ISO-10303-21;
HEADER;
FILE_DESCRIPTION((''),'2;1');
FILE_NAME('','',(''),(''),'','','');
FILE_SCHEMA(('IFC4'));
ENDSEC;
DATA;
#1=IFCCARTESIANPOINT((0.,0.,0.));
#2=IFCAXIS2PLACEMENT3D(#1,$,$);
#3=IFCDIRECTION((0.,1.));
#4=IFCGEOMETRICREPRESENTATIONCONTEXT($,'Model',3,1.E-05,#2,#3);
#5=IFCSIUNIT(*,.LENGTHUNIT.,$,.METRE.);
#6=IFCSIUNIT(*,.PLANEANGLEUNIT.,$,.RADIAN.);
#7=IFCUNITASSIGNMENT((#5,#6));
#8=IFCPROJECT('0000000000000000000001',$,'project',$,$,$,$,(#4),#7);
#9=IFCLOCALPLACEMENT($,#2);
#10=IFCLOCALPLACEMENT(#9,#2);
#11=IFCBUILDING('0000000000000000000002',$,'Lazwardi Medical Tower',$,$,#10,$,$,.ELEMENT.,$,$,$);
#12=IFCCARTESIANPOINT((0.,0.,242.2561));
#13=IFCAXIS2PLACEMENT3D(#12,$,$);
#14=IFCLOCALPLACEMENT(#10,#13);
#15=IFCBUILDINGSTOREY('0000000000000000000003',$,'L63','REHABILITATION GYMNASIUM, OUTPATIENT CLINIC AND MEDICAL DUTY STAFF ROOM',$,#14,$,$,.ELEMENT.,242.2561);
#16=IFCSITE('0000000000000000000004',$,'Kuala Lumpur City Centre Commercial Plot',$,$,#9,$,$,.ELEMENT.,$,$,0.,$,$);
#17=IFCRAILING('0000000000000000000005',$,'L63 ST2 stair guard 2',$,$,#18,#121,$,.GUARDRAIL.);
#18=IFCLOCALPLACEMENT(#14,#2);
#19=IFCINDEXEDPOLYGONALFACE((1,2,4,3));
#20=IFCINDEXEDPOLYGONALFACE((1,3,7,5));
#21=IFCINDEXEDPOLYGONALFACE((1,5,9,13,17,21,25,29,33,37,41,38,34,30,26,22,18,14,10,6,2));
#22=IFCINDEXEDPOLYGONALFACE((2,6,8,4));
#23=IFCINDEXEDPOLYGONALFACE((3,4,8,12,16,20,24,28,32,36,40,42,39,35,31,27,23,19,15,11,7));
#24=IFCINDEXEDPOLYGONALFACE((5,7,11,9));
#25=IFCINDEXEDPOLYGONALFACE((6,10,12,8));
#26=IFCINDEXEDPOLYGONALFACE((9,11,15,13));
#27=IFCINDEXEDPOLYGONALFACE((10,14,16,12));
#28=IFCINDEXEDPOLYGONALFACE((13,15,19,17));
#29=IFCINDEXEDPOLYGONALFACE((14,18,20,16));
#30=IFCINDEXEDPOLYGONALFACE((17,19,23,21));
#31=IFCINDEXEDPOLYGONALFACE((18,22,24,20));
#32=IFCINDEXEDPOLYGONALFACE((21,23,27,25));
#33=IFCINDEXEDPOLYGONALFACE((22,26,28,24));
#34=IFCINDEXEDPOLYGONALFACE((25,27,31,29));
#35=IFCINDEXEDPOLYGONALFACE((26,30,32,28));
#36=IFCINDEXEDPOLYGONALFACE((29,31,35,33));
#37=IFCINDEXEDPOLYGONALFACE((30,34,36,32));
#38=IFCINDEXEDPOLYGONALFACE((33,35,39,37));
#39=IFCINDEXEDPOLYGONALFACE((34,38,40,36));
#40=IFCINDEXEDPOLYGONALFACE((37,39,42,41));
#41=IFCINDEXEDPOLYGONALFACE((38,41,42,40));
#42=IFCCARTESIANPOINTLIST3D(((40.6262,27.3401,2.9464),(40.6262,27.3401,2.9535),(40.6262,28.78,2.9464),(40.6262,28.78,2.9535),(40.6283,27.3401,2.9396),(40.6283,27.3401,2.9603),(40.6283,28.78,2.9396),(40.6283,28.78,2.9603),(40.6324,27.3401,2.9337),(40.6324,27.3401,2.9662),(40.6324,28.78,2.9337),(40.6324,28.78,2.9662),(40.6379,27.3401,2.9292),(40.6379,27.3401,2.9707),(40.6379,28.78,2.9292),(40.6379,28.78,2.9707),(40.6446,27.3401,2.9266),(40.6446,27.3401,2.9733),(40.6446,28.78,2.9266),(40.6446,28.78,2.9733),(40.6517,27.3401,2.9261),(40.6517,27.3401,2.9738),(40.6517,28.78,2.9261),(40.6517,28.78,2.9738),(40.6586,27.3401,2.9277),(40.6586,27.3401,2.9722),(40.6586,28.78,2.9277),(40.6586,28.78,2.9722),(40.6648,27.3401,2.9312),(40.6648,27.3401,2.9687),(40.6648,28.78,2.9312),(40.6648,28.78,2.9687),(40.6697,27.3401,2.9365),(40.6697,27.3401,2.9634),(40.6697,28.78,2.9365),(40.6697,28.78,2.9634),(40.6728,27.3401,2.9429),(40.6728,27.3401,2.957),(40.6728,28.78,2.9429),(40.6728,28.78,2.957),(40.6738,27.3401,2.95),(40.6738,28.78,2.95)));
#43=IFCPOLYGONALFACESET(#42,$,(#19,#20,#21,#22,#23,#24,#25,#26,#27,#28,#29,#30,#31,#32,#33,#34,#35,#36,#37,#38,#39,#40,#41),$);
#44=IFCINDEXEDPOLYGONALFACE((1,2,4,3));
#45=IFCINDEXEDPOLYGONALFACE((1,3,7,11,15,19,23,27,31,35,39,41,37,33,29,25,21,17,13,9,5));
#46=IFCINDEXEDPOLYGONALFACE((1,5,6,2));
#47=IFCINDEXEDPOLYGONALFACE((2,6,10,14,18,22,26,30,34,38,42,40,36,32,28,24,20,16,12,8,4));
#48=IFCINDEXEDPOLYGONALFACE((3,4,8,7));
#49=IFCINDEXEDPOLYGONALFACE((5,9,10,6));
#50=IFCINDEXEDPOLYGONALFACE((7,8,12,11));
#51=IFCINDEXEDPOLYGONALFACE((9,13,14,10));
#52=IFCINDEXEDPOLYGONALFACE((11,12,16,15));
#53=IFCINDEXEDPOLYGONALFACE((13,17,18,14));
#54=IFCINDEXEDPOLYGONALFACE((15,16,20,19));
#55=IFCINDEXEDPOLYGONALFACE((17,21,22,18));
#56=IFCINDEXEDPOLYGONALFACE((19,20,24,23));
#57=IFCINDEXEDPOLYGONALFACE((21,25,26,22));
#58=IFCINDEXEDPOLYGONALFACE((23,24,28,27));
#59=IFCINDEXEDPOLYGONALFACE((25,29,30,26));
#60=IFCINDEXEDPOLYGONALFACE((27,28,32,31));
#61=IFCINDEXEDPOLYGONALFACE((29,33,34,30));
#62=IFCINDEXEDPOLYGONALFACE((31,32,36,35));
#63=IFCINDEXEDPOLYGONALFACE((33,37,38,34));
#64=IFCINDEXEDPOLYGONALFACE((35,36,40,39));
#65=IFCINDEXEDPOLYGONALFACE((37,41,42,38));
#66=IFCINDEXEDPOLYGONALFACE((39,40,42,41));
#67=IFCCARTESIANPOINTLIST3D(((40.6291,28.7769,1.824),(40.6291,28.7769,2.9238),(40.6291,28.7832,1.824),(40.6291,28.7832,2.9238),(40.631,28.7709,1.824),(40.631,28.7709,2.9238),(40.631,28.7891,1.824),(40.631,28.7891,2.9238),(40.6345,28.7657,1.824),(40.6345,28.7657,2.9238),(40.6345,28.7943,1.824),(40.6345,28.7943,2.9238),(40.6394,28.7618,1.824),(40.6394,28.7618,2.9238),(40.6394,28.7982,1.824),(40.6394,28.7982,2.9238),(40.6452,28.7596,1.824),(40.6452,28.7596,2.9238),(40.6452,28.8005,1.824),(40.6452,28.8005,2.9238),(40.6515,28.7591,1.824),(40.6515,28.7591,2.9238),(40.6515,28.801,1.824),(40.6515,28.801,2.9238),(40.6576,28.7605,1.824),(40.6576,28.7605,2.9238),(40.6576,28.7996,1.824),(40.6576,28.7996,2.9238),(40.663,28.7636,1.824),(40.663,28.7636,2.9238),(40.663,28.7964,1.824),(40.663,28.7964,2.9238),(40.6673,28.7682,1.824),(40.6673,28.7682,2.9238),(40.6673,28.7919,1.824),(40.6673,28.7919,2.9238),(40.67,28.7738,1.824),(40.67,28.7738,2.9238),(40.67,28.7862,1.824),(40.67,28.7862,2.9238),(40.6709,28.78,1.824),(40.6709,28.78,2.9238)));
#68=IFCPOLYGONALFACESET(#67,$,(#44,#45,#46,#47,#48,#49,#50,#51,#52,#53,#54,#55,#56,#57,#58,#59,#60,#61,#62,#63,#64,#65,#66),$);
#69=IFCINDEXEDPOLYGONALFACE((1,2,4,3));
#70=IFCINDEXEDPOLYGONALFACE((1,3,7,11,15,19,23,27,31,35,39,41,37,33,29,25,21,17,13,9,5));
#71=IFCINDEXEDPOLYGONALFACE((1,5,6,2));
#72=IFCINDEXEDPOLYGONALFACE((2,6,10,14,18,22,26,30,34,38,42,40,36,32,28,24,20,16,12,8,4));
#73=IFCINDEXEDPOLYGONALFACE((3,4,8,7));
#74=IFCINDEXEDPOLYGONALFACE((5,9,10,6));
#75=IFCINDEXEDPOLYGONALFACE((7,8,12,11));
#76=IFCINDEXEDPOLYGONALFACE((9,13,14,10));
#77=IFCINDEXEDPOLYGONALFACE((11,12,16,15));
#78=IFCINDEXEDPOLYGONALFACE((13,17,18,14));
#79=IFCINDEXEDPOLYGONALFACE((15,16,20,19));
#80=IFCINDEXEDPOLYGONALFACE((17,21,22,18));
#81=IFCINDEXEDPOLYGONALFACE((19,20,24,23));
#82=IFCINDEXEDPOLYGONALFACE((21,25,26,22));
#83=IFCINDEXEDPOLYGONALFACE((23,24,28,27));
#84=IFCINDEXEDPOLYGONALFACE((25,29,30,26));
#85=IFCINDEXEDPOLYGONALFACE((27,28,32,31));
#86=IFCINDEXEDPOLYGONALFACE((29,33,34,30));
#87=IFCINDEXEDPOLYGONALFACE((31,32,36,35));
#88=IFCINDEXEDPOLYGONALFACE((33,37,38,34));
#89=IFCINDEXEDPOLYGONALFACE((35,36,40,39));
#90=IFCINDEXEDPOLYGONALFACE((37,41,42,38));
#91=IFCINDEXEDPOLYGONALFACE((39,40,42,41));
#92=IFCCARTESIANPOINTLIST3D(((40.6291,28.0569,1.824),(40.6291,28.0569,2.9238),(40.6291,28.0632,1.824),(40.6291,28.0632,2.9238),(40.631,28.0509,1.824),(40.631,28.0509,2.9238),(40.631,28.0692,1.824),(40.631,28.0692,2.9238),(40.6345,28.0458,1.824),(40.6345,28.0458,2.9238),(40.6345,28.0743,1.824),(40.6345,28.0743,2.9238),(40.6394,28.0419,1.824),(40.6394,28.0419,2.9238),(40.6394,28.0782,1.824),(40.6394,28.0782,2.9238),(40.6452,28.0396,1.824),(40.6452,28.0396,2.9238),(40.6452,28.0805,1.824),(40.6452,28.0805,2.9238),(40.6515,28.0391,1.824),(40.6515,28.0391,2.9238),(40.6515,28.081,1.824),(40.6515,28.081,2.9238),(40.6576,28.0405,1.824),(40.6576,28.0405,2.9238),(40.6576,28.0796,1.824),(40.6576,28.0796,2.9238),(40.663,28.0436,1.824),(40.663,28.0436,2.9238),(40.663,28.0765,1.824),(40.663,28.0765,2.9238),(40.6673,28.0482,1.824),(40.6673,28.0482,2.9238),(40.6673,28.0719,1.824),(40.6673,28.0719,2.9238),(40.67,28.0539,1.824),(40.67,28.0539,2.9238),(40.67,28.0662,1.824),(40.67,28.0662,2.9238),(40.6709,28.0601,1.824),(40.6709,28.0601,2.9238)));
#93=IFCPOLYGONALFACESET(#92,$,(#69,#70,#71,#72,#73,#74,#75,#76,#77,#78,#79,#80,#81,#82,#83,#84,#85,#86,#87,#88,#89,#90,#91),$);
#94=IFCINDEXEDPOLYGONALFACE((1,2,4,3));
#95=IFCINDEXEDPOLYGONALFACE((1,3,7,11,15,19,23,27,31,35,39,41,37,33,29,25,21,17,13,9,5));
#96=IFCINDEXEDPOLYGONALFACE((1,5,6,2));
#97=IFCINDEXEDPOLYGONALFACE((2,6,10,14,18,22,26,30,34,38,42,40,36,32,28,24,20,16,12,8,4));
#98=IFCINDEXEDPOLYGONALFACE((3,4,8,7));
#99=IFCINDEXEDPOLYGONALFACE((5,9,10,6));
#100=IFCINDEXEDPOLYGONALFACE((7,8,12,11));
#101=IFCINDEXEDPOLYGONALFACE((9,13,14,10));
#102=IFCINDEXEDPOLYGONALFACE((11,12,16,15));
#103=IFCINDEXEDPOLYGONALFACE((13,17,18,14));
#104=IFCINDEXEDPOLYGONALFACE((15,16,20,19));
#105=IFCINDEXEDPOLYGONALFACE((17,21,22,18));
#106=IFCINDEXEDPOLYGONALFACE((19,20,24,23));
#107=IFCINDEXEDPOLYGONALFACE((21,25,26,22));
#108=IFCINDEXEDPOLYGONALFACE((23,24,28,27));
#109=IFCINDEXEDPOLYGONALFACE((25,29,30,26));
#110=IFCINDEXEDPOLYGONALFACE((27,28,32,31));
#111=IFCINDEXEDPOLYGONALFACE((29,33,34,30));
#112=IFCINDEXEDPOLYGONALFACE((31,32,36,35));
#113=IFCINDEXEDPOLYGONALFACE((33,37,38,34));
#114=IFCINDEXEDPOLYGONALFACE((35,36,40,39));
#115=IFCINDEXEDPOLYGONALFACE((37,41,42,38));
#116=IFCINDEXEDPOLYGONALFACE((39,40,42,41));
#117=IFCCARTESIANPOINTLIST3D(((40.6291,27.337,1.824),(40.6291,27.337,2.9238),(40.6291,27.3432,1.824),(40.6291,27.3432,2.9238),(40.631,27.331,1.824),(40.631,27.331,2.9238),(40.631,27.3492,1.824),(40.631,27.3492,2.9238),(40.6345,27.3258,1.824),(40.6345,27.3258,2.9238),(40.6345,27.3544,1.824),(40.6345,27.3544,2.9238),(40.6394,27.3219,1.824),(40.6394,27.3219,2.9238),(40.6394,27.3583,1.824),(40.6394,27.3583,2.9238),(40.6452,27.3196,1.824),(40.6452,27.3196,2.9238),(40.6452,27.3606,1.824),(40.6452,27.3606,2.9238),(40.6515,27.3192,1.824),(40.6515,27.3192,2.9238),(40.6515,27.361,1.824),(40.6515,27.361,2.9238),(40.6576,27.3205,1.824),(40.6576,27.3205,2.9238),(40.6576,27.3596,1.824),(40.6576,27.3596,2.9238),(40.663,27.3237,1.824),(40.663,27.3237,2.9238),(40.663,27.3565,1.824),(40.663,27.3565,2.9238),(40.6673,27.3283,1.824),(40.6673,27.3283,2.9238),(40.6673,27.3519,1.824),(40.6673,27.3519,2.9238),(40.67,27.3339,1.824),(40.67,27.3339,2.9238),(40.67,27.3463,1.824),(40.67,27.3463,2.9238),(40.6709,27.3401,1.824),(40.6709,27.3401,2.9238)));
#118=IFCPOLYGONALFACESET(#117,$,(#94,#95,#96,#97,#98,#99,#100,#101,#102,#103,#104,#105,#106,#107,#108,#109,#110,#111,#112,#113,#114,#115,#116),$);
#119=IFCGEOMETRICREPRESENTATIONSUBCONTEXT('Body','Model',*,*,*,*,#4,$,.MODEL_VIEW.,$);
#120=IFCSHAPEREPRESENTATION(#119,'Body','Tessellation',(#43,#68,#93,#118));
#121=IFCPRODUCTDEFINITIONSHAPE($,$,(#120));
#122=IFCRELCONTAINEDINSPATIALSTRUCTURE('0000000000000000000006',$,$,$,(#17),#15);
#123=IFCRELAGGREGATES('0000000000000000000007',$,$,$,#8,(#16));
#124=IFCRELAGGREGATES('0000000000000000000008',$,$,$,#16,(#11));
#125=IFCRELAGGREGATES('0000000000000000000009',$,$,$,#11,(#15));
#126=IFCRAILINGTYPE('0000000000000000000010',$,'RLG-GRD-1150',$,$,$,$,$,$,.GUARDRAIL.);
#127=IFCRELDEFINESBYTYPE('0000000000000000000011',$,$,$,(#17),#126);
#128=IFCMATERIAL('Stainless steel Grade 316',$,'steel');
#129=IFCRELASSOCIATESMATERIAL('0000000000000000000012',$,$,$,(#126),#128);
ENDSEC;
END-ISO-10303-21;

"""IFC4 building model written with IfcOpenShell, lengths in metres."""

from ifc_helpers import new_model, si_unit, direction, frame, origin, origin_2d, place, context, subcontext, project, spatial, circle, extrude, material, type_object, element, save


model = new_model("IFC4")

# Units and contexts
model_context = context("Model", 3, precision=1e-05, world=origin(), true_north=direction((0.0, 1.0)))
body_context = subcontext(model_context, "Body", "Model", "MODEL_VIEW")
ifc_project = project(units=[si_unit("LENGTHUNIT", "METRE"), si_unit("PLANEANGLEUNIT", "RADIAN")], contexts=[model_context])

# Site, building, storey
site_placement = place(None, origin())
site = spatial("IfcSite", under=ifc_project, at=site_placement, Name="Kuala Lumpur City Centre Commercial Plot", CompositionType="ELEMENT", RefElevation=0.0)
building_placement = place(site_placement, origin())
building = spatial("IfcBuilding", under=site, at=building_placement, Name="Lazwardi Medical Tower", CompositionType="ELEMENT")
storey_placement = place(building_placement, frame((0.0, 0.0, 242.2561)))
storey = spatial("IfcBuildingStorey", under=building, at=storey_placement, Name="L63", Description="REHABILITATION GYMNASIUM, OUTPATIENT CLINIC AND MEDICAL DUTY STAFF ROOM", CompositionType="ELEMENT", Elevation=242.2561)

# Railing
ifc_material_1 = material(Name="Stainless steel Grade 316", Category="steel")
railing_type_1 = type_object("IfcRailingType", Name="RLG-GRD-1150", PredefinedType="GUARDRAIL", material=ifc_material_1)
railing_1_placement = place(storey_placement, frame((40.6499, 28.78, 1.824)))
element("IfcRailing", 1, at=railing_1_placement, inside=storey, type_object=railing_type_1, Name="L63 ST2 stair guard 2", PredefinedType="GUARDRAIL", context=body_context, shape_type="SweptSolid", body=[
    extrude(circle(Radius=0.0239, at=origin_2d()), frame((0.0, 0.0, 1.126), z_axis=(0.0, -1.0, 0.0), x_axis=(1.0, 0.0, 0.0)), (0.0, 0.0, 1.0), 1.4399),
    extrude(circle(Radius=0.021, at=origin_2d()), origin(), (0.0, 0.0, 1.0), 1.0999),
    extrude(circle(Radius=0.021, at=origin_2d()), frame((0.0, -0.72, 0.0)), (0.0, 0.0, 1.0), 1.0999),
    extrude(circle(Radius=0.021, at=origin_2d()), frame((0.0, -1.4399, 0.0)), (0.0, 0.0, 1.0), 1.0999),
])

save(model, "model.ifc")
